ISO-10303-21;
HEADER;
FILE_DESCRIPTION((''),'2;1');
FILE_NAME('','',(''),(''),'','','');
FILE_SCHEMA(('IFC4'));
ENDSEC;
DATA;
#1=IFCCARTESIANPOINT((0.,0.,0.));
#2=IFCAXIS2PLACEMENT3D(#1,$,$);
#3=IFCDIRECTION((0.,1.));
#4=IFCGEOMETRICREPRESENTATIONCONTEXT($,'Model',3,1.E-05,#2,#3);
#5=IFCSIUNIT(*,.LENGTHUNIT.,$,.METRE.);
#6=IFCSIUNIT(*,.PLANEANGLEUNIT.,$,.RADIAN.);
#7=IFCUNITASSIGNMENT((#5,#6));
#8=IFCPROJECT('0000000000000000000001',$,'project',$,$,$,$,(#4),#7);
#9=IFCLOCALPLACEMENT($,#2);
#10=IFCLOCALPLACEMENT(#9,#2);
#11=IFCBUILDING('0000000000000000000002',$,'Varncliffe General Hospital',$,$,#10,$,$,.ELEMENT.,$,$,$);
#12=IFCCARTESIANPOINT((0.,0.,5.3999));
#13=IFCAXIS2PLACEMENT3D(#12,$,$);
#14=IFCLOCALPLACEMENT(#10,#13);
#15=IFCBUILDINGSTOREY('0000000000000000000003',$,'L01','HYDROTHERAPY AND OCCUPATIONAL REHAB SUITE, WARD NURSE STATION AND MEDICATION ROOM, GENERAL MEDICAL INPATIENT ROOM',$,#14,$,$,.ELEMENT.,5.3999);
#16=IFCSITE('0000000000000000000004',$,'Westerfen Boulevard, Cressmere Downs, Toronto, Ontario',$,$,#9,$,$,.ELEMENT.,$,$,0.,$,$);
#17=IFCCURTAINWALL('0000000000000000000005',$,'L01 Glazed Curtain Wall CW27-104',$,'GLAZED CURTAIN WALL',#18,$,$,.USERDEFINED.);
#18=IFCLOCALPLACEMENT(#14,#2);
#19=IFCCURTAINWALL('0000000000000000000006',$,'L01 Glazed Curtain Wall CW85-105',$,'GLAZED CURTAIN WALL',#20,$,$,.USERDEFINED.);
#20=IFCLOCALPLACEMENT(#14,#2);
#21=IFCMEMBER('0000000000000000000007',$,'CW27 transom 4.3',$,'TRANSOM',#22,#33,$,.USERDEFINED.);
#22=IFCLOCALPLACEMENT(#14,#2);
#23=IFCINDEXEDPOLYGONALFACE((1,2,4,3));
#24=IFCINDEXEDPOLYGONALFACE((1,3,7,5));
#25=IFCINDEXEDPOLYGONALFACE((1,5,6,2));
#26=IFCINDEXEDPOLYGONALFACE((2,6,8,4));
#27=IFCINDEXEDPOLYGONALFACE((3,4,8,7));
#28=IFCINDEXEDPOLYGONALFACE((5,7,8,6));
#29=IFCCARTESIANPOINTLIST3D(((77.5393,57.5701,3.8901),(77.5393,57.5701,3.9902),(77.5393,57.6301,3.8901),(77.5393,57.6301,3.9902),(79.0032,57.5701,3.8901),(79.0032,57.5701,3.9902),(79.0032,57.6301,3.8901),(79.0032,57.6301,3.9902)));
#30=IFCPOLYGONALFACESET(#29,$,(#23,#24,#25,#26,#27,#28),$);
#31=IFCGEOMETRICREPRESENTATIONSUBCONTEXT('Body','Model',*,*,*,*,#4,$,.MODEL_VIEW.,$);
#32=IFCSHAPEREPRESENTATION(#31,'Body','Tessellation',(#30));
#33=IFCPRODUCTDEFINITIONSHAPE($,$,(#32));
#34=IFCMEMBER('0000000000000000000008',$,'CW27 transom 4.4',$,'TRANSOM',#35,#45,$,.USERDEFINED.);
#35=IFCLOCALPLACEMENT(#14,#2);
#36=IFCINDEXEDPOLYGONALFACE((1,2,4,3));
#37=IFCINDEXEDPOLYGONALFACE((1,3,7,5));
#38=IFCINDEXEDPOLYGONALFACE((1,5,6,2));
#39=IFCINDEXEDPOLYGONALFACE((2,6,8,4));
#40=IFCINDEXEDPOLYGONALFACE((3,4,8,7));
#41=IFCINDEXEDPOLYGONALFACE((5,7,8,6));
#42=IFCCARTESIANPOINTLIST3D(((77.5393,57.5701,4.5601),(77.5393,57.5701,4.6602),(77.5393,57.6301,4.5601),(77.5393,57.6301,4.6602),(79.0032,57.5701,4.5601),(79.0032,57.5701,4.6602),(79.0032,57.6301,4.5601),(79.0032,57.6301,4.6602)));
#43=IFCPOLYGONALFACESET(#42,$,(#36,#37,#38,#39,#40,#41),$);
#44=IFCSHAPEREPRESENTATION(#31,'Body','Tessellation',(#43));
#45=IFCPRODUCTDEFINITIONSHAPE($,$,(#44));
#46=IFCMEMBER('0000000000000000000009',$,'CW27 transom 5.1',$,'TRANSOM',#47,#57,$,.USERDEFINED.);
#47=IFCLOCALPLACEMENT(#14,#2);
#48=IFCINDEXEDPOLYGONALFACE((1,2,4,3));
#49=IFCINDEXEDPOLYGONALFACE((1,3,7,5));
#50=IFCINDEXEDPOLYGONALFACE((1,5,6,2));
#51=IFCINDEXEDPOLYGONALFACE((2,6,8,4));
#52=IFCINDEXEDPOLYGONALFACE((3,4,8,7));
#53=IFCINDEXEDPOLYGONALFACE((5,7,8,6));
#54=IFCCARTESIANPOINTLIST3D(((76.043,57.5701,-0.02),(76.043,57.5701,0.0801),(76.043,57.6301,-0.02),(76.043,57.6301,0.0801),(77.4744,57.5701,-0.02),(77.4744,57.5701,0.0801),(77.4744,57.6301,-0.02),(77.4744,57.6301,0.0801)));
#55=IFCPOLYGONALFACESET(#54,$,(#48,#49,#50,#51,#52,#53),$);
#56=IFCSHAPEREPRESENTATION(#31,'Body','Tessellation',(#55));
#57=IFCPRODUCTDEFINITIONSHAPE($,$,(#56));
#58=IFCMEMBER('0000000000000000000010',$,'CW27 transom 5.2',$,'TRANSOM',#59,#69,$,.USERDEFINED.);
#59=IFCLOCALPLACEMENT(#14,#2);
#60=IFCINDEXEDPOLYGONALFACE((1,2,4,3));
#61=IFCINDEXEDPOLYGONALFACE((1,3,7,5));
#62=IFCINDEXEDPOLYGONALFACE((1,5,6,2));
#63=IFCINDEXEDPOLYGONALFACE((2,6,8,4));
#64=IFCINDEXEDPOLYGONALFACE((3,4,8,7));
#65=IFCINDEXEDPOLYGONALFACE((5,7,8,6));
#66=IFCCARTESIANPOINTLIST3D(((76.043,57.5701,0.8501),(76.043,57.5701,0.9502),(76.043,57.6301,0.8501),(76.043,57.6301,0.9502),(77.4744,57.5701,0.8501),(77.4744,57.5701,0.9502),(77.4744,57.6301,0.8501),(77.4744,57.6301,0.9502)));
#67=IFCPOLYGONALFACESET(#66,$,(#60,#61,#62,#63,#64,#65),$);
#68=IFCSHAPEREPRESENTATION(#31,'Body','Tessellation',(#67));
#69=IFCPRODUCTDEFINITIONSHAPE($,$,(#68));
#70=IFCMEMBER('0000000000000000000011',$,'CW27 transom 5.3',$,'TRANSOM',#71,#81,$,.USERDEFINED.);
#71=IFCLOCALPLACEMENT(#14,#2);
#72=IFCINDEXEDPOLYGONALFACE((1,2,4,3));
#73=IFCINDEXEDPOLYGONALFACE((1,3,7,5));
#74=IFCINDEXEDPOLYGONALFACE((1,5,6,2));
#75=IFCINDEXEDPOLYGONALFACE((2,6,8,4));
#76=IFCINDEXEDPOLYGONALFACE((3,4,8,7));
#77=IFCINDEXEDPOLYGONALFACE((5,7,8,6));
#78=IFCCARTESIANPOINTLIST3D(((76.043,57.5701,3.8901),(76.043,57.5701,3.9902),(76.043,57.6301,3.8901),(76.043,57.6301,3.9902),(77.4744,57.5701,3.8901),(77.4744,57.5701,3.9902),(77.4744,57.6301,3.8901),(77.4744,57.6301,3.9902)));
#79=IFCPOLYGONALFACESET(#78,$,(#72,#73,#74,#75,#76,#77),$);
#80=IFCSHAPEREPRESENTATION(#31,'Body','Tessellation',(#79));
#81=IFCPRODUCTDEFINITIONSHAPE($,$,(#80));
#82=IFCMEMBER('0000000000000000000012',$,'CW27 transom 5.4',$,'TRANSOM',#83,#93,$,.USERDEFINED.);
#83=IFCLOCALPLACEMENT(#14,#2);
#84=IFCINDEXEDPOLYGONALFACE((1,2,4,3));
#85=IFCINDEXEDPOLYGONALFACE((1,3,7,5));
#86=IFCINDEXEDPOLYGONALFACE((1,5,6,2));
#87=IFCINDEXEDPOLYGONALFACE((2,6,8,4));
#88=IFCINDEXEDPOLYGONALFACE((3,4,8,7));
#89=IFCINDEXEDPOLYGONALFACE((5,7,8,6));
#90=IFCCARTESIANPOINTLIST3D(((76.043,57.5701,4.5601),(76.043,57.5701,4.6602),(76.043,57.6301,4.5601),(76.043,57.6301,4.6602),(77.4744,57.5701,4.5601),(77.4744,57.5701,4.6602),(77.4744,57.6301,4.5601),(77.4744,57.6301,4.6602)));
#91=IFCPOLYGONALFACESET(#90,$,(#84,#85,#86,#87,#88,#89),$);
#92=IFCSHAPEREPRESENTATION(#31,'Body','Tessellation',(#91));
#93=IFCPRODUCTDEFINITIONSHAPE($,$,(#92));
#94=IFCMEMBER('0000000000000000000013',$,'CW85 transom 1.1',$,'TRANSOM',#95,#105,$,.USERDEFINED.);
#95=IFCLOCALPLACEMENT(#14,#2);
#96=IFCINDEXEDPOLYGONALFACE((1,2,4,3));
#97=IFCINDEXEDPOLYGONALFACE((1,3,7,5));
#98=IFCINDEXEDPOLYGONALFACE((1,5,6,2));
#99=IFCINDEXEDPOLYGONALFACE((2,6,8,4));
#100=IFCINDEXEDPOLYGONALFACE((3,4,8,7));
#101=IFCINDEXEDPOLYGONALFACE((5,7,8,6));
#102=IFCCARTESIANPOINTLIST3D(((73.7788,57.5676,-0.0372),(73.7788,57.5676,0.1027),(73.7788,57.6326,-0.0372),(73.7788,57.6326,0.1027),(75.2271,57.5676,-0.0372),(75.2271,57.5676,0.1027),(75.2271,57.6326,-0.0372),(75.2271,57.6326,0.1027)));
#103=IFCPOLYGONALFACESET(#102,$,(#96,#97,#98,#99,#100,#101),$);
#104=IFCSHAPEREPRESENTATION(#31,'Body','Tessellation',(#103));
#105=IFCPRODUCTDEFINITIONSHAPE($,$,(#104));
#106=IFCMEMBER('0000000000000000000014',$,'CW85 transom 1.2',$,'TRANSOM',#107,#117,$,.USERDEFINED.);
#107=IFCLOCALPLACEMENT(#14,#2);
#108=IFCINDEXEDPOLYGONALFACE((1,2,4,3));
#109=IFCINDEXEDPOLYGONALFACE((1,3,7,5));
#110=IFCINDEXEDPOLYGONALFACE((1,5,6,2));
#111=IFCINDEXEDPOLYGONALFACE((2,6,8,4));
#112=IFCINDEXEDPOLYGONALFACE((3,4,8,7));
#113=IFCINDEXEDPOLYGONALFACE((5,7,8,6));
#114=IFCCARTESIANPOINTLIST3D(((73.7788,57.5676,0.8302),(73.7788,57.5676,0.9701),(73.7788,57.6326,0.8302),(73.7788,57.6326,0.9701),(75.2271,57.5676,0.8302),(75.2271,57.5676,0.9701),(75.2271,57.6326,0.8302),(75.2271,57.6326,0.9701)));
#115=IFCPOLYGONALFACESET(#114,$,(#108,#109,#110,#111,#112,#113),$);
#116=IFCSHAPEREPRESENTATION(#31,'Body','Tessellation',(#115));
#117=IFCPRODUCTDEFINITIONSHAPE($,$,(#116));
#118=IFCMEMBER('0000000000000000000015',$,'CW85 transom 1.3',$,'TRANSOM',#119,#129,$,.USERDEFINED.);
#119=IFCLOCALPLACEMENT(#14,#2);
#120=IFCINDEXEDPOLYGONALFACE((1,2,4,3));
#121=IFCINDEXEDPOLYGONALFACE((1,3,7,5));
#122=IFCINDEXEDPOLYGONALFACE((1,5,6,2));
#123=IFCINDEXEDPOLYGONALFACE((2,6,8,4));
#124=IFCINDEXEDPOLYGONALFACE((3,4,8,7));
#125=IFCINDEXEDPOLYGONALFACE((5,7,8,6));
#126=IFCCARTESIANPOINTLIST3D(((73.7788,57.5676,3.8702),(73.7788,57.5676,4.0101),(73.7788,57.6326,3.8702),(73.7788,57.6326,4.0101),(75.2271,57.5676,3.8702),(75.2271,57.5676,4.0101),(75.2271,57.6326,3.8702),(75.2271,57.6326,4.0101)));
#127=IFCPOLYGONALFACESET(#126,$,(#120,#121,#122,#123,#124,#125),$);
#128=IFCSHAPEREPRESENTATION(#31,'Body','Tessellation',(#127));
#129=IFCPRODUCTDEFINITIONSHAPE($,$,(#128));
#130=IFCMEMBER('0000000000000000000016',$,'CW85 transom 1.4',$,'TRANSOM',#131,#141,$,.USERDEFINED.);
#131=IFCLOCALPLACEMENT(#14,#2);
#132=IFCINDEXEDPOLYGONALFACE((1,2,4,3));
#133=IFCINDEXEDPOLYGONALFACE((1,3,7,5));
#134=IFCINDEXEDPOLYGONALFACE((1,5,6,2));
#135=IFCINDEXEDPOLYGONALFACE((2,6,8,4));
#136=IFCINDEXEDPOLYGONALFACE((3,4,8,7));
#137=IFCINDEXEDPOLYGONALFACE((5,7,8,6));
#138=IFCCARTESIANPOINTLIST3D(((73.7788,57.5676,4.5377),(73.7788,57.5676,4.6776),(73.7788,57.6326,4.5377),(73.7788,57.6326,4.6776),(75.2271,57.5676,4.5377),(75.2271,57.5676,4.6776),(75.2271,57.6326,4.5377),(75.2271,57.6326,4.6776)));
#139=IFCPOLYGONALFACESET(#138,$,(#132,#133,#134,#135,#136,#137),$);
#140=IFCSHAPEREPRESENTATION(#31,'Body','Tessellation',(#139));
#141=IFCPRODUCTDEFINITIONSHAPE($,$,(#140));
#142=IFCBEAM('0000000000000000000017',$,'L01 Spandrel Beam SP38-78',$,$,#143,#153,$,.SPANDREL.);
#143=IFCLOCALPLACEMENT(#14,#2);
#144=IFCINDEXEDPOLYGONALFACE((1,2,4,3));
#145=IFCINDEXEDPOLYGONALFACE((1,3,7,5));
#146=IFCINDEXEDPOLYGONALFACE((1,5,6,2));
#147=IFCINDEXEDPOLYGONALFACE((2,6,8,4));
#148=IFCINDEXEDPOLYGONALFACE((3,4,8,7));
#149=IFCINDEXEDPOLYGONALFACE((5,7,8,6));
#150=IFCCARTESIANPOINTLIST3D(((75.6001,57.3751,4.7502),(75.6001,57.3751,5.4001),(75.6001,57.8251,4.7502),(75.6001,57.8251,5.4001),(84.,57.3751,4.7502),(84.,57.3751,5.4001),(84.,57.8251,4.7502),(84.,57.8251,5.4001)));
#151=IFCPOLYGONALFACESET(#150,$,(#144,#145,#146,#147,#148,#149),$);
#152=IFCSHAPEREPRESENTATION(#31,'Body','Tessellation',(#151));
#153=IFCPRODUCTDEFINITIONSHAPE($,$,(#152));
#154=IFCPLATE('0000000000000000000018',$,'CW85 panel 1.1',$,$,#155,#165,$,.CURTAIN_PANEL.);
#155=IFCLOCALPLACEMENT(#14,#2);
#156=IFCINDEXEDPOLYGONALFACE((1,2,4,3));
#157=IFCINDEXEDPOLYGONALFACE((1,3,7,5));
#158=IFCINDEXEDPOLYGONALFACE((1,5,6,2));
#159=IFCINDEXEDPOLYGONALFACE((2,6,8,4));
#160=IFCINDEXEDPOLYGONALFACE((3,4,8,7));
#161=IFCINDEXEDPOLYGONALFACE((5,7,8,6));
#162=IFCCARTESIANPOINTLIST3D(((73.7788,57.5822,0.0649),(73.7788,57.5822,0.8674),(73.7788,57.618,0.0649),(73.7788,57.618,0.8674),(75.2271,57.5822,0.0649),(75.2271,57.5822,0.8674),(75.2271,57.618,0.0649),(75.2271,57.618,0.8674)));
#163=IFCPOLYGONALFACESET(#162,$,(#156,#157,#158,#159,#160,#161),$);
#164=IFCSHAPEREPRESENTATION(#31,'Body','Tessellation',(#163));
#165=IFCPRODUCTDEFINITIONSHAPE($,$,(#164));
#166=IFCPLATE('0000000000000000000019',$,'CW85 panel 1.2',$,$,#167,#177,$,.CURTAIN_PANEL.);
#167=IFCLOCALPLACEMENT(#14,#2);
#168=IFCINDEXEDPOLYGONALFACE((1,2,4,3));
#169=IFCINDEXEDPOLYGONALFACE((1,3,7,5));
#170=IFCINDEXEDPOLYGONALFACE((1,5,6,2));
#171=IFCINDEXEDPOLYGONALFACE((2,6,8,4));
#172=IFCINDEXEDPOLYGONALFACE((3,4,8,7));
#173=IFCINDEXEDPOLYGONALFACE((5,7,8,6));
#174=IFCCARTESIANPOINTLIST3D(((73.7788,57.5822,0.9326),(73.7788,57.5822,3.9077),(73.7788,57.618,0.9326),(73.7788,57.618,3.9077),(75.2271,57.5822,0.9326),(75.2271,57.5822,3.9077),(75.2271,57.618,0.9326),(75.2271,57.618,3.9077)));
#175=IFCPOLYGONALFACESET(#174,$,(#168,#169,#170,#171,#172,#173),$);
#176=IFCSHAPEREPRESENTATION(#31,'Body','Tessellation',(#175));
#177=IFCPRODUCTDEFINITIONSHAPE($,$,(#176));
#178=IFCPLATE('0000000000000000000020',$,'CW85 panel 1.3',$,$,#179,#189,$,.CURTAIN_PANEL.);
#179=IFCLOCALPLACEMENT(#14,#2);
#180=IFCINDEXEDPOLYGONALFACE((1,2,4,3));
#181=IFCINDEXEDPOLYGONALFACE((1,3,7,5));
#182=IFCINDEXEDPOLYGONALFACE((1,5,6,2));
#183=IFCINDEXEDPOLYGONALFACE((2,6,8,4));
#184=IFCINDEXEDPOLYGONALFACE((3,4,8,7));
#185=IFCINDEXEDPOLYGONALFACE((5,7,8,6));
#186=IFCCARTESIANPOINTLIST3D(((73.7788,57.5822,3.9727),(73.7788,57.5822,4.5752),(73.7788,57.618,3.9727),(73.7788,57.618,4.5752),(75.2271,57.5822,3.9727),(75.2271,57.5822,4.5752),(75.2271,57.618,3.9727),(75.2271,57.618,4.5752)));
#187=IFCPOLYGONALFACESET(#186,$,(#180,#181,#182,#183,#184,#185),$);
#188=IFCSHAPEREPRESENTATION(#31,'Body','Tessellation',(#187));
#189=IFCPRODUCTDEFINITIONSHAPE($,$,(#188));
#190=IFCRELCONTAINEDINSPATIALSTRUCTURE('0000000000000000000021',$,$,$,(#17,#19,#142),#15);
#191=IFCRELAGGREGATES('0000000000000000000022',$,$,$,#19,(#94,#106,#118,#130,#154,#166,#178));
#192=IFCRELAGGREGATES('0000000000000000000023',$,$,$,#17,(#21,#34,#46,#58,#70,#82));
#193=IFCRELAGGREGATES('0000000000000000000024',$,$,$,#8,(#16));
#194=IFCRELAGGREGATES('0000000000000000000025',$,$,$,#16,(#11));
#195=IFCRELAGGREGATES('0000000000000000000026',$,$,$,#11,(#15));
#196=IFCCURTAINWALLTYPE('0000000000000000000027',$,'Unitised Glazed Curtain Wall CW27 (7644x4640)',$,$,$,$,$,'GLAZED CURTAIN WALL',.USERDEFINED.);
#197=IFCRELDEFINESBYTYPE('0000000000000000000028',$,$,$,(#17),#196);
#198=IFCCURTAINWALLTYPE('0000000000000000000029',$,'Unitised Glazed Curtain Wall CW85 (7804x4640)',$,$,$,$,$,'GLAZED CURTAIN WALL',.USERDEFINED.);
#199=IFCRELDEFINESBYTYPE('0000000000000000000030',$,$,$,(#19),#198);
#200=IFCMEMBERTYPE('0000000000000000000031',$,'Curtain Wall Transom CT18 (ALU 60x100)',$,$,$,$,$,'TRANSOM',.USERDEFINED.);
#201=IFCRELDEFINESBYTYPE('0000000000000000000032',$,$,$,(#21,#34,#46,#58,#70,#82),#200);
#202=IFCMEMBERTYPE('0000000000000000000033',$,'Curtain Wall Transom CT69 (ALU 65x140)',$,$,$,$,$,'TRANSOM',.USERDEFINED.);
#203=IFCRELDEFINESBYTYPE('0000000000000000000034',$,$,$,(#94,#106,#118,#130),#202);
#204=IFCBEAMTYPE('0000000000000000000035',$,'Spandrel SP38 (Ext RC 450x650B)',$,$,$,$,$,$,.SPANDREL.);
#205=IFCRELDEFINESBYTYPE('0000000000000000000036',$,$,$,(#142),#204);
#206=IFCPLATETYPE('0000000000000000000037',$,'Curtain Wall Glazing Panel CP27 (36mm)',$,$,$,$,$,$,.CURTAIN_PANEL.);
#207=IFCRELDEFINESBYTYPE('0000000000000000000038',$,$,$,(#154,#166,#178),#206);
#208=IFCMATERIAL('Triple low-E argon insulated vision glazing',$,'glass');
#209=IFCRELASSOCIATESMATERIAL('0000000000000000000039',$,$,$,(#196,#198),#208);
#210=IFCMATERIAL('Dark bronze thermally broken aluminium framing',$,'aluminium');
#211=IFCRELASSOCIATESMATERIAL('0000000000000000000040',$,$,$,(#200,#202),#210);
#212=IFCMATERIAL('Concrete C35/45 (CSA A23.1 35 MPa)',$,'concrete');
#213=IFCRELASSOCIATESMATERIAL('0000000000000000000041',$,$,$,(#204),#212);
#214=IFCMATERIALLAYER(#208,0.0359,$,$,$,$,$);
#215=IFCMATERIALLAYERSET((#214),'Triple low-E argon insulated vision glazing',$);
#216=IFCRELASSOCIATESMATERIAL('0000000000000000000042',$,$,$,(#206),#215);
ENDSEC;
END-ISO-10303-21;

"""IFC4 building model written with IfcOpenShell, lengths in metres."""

from ifc_helpers import new_model, si_unit, direction, frame, origin, origin_2d, place, context, subcontext, project, spatial, rectangle, extrude, material, layer, layer_set, material_profile, profile_set, type_object, element, aggregate, save


model = new_model("IFC4")

# Units and contexts
model_context = context("Model", 3, precision=1e-05, world=origin(), true_north=direction((0.0, 1.0)))
body_context = subcontext(model_context, "Body", "Model", "MODEL_VIEW")
ifc_project = project(units=[si_unit("LENGTHUNIT", "METRE"), si_unit("PLANEANGLEUNIT", "RADIAN")], contexts=[model_context])

# Site, building, storey
site_placement = place(None, origin())
site = spatial("IfcSite", under=ifc_project, at=site_placement, Name="Westerfen Boulevard, Cressmere Downs, Toronto, Ontario", CompositionType="ELEMENT", RefElevation=0.0)
building_placement = place(site_placement, origin())
building = spatial("IfcBuilding", under=site, at=building_placement, Name="Varncliffe General Hospital", CompositionType="ELEMENT")
storey_placement = place(building_placement, frame((0.0, 0.0, 5.3999)))
storey = spatial("IfcBuildingStorey", under=building, at=storey_placement, Name="L01", Description="HYDROTHERAPY AND OCCUPATIONAL REHAB SUITE, WARD NURSE STATION AND MEDICATION ROOM, GENERAL MEDICAL INPATIENT ROOM", CompositionType="ELEMENT", Elevation=5.3999)

# Shared definitions
ifc_material_1 = material(Name="Concrete C35/45 (CSA A23.1 35 MPa)", Category="concrete")

# Curtain walls
ifc_material_2 = material(Name="Triple low-E argon insulated vision glazing", Category="glass")
curtain_wall_type_1 = type_object("IfcCurtainWallType", Name="Unitised Glazed Curtain Wall CW27 (7644x4640)", ElementType="GLAZED CURTAIN WALL", PredefinedType="USERDEFINED", material=ifc_material_2)
curtain_wall_1_placement = place(storey_placement, origin())
curtain_wall_1 = element("IfcCurtainWall", 1, at=curtain_wall_1_placement, inside=storey, type_object=curtain_wall_type_1, Name="L01 Glazed Curtain Wall CW27-104", ObjectType="GLAZED CURTAIN WALL", PredefinedType="USERDEFINED")
ifc_material_3 = material(Name="Dark bronze thermally broken aluminium framing", Category="aluminium")
curtain_wall_type_2 = type_object("IfcCurtainWallType", Name="Unitised Glazed Curtain Wall CW85 (7804x4640)", ElementType="GLAZED CURTAIN WALL", PredefinedType="USERDEFINED", material=ifc_material_2)
curtain_wall_2_placement = place(storey_placement, origin())
curtain_wall_2 = element("IfcCurtainWall", 2, at=curtain_wall_2_placement, inside=storey, type_object=curtain_wall_type_2, Name="L01 Glazed Curtain Wall CW85-105", ObjectType="GLAZED CURTAIN WALL", PredefinedType="USERDEFINED")

# Members
ifc_material_profile_1 = material_profile(ifc_material_3, rectangle(XDim=0.0601, YDim=0.1001, at=origin_2d()), Name="ALU 60x100")
ifc_profile_set_1 = profile_set([ifc_material_profile_1], Name="Dark bronze thermally broken aluminium framing")
member_type_1 = type_object("IfcMemberType", Name="Curtain Wall Transom CT18 (ALU 60x100)", ElementType="TRANSOM", PredefinedType="USERDEFINED", material=ifc_profile_set_1)
member_1_placement = place(storey_placement, frame((79.0032, 57.6001, 3.9402), z_axis=(-1.0, 0.0, 0.0), x_axis=(0.0, -1.0, 0.0)))
member_1 = element("IfcMember", 3, at=member_1_placement, type_object=member_type_1, Name="CW27 transom 4.3", ObjectType="TRANSOM", PredefinedType="USERDEFINED", context=body_context, shape_type="SweptSolid", body=[
    extrude(rectangle(XDim=0.0601, YDim=0.1001, at=origin_2d()), origin(), (0.0, 0.0, 1.0), 1.4639),
])
member_2_placement = place(storey_placement, frame((79.0032, 57.6001, 4.6101), z_axis=(-1.0, 0.0, 0.0), x_axis=(0.0, -1.0, 0.0)))
member_2 = element("IfcMember", 4, at=member_2_placement, type_object=member_type_1, Name="CW27 transom 4.4", ObjectType="TRANSOM", PredefinedType="USERDEFINED", context=body_context, shape_type="SweptSolid", body=[
    extrude(rectangle(XDim=0.0601, YDim=0.1001, at=origin_2d()), origin(), (0.0, 0.0, 1.0), 1.4639),
])
member_3_placement = place(storey_placement, frame((77.4744, 57.6001, 0.03), z_axis=(-1.0, 0.0, 0.0), x_axis=(0.0, -1.0, 0.0)))
member_3 = element("IfcMember", 5, at=member_3_placement, type_object=member_type_1, Name="CW27 transom 5.1", ObjectType="TRANSOM", PredefinedType="USERDEFINED", context=body_context, shape_type="SweptSolid", body=[
    extrude(rectangle(XDim=0.0601, YDim=0.1001, at=origin_2d()), origin(), (0.0, 0.0, 1.0), 1.4314),
])
member_4_placement = place(storey_placement, frame((77.4744, 57.6001, 0.9001), z_axis=(-1.0, 0.0, 0.0), x_axis=(0.0, -1.0, 0.0)))
member_4 = element("IfcMember", 6, at=member_4_placement, type_object=member_type_1, Name="CW27 transom 5.2", ObjectType="TRANSOM", PredefinedType="USERDEFINED", context=body_context, shape_type="SweptSolid", body=[
    extrude(rectangle(XDim=0.0601, YDim=0.1001, at=origin_2d()), origin(), (0.0, 0.0, 1.0), 1.4314),
])
member_5_placement = place(storey_placement, frame((77.4744, 57.6001, 3.9402), z_axis=(-1.0, 0.0, 0.0), x_axis=(0.0, -1.0, 0.0)))
member_5 = element("IfcMember", 7, at=member_5_placement, type_object=member_type_1, Name="CW27 transom 5.3", ObjectType="TRANSOM", PredefinedType="USERDEFINED", context=body_context, shape_type="SweptSolid", body=[
    extrude(rectangle(XDim=0.0601, YDim=0.1001, at=origin_2d()), origin(), (0.0, 0.0, 1.0), 1.4314),
])
member_6_placement = place(storey_placement, frame((77.4744, 57.6001, 4.6101), z_axis=(-1.0, 0.0, 0.0), x_axis=(0.0, -1.0, 0.0)))
member_6 = element("IfcMember", 8, at=member_6_placement, type_object=member_type_1, Name="CW27 transom 5.4", ObjectType="TRANSOM", PredefinedType="USERDEFINED", context=body_context, shape_type="SweptSolid", body=[
    extrude(rectangle(XDim=0.0601, YDim=0.1001, at=origin_2d()), origin(), (0.0, 0.0, 1.0), 1.4314),
])
ifc_material_profile_2 = material_profile(ifc_material_3, rectangle(XDim=0.0649, YDim=0.1399, at=origin_2d()), Name="ALU 65x140")
ifc_profile_set_2 = profile_set([ifc_material_profile_2], Name="Dark bronze thermally broken aluminium framing")
member_type_2 = type_object("IfcMemberType", Name="Curtain Wall Transom CT69 (ALU 65x140)", ElementType="TRANSOM", PredefinedType="USERDEFINED", material=ifc_profile_set_2)
member_7_placement = place(storey_placement, frame((75.2271, 57.6001, 0.0327), z_axis=(-1.0, 0.0, 0.0), x_axis=(0.0, -1.0, 0.0)))
member_7 = element("IfcMember", 9, at=member_7_placement, type_object=member_type_2, Name="CW85 transom 1.1", ObjectType="TRANSOM", PredefinedType="USERDEFINED", context=body_context, shape_type="SweptSolid", body=[
    extrude(rectangle(XDim=0.0649, YDim=0.1399, at=origin_2d()), origin(), (0.0, 0.0, 1.0), 1.4482),
])
member_8_placement = place(storey_placement, frame((75.2271, 57.6001, 0.9001), z_axis=(-1.0, 0.0, 0.0), x_axis=(0.0, -1.0, 0.0)))
member_8 = element("IfcMember", 10, at=member_8_placement, type_object=member_type_2, Name="CW85 transom 1.2", ObjectType="TRANSOM", PredefinedType="USERDEFINED", context=body_context, shape_type="SweptSolid", body=[
    extrude(rectangle(XDim=0.0649, YDim=0.1399, at=origin_2d()), origin(), (0.0, 0.0, 1.0), 1.4482),
])
member_9_placement = place(storey_placement, frame((75.2271, 57.6001, 3.9402), z_axis=(-1.0, 0.0, 0.0), x_axis=(0.0, -1.0, 0.0)))
member_9 = element("IfcMember", 11, at=member_9_placement, type_object=member_type_2, Name="CW85 transom 1.3", ObjectType="TRANSOM", PredefinedType="USERDEFINED", context=body_context, shape_type="SweptSolid", body=[
    extrude(rectangle(XDim=0.0649, YDim=0.1399, at=origin_2d()), origin(), (0.0, 0.0, 1.0), 1.4482),
])
member_10_placement = place(storey_placement, frame((75.2271, 57.6001, 4.6077), z_axis=(-1.0, 0.0, 0.0), x_axis=(0.0, -1.0, 0.0)))
member_10 = element("IfcMember", 12, at=member_10_placement, type_object=member_type_2, Name="CW85 transom 1.4", ObjectType="TRANSOM", PredefinedType="USERDEFINED", context=body_context, shape_type="SweptSolid", body=[
    extrude(rectangle(XDim=0.0649, YDim=0.1399, at=origin_2d()), origin(), (0.0, 0.0, 1.0), 1.4482),
])

# Beam
ifc_material_profile_3 = material_profile(ifc_material_1, rectangle(XDim=0.45, YDim=0.6499, at=origin_2d()), Name="RC 450x650")
ifc_profile_set_3 = profile_set([ifc_material_profile_3], Name="Concrete C35/45 (CSA A23.1 35 MPa)")
beam_type_1 = type_object("IfcBeamType", Name="Spandrel SP38 (Ext RC 450x650B)", PredefinedType="SPANDREL", material=ifc_profile_set_3)
beam_1_placement = place(storey_placement, frame((75.6001, 57.6001, 5.0752), z_axis=(1.0, 0.0, 0.0), x_axis=(0.0, 1.0, 0.0)))
element("IfcBeam", 13, at=beam_1_placement, inside=storey, type_object=beam_type_1, Name="L01 Spandrel Beam SP38-78", PredefinedType="SPANDREL", context=body_context, shape_type="SweptSolid", body=[
    extrude(rectangle(XDim=0.45, YDim=0.6499, at=origin_2d()), origin(), (0.0, 0.0, 1.0), 8.3999),
])

# Plates
ifc_layer_1 = layer(ifc_material_2, 0.0359)
ifc_layer_set_1 = layer_set([ifc_layer_1], Name="Triple low-E argon insulated vision glazing")
plate_type_1 = type_object("IfcPlateType", Name="Curtain Wall Glazing Panel CP27 (36mm)", PredefinedType="CURTAIN_PANEL", material=ifc_layer_set_1)
plate_1_placement = place(storey_placement, frame((74.5029, 57.6001, 0.0649), z_axis=(0.0, 0.0, 1.0), x_axis=(-1.0, 0.0, 0.0)))
plate_1 = element("IfcPlate", 14, at=plate_1_placement, type_object=plate_type_1, Name="CW85 panel 1.1", PredefinedType="CURTAIN_PANEL", context=body_context, shape_type="SweptSolid", body=[
    extrude(rectangle(XDim=1.4482, YDim=0.0359, at=origin_2d()), origin(), (0.0, 0.0, 1.0), 0.8025),
])
plate_2_placement = place(storey_placement, frame((74.5029, 57.6001, 0.9326), z_axis=(0.0, 0.0, 1.0), x_axis=(-1.0, 0.0, 0.0)))
plate_2 = element("IfcPlate", 15, at=plate_2_placement, type_object=plate_type_1, Name="CW85 panel 1.2", PredefinedType="CURTAIN_PANEL", context=body_context, shape_type="SweptSolid", body=[
    extrude(rectangle(XDim=1.4482, YDim=0.0359, at=origin_2d()), origin(), (0.0, 0.0, 1.0), 2.9751),
])
plate_3_placement = place(storey_placement, frame((74.5029, 57.6001, 3.9727), z_axis=(0.0, 0.0, 1.0), x_axis=(-1.0, 0.0, 0.0)))
plate_3 = element("IfcPlate", 16, at=plate_3_placement, type_object=plate_type_1, Name="CW85 panel 1.3", PredefinedType="CURTAIN_PANEL", context=body_context, shape_type="SweptSolid", body=[
    extrude(rectangle(XDim=1.4482, YDim=0.0359, at=origin_2d()), origin(), (0.0, 0.0, 1.0), 0.6025),
])
aggregate(curtain_wall_2, [member_7, member_8, member_9, member_10, plate_1, plate_2, plate_3])
aggregate(curtain_wall_1, [member_1, member_2, member_3, member_4, member_5, member_6])

save(model, "model.ifc")
